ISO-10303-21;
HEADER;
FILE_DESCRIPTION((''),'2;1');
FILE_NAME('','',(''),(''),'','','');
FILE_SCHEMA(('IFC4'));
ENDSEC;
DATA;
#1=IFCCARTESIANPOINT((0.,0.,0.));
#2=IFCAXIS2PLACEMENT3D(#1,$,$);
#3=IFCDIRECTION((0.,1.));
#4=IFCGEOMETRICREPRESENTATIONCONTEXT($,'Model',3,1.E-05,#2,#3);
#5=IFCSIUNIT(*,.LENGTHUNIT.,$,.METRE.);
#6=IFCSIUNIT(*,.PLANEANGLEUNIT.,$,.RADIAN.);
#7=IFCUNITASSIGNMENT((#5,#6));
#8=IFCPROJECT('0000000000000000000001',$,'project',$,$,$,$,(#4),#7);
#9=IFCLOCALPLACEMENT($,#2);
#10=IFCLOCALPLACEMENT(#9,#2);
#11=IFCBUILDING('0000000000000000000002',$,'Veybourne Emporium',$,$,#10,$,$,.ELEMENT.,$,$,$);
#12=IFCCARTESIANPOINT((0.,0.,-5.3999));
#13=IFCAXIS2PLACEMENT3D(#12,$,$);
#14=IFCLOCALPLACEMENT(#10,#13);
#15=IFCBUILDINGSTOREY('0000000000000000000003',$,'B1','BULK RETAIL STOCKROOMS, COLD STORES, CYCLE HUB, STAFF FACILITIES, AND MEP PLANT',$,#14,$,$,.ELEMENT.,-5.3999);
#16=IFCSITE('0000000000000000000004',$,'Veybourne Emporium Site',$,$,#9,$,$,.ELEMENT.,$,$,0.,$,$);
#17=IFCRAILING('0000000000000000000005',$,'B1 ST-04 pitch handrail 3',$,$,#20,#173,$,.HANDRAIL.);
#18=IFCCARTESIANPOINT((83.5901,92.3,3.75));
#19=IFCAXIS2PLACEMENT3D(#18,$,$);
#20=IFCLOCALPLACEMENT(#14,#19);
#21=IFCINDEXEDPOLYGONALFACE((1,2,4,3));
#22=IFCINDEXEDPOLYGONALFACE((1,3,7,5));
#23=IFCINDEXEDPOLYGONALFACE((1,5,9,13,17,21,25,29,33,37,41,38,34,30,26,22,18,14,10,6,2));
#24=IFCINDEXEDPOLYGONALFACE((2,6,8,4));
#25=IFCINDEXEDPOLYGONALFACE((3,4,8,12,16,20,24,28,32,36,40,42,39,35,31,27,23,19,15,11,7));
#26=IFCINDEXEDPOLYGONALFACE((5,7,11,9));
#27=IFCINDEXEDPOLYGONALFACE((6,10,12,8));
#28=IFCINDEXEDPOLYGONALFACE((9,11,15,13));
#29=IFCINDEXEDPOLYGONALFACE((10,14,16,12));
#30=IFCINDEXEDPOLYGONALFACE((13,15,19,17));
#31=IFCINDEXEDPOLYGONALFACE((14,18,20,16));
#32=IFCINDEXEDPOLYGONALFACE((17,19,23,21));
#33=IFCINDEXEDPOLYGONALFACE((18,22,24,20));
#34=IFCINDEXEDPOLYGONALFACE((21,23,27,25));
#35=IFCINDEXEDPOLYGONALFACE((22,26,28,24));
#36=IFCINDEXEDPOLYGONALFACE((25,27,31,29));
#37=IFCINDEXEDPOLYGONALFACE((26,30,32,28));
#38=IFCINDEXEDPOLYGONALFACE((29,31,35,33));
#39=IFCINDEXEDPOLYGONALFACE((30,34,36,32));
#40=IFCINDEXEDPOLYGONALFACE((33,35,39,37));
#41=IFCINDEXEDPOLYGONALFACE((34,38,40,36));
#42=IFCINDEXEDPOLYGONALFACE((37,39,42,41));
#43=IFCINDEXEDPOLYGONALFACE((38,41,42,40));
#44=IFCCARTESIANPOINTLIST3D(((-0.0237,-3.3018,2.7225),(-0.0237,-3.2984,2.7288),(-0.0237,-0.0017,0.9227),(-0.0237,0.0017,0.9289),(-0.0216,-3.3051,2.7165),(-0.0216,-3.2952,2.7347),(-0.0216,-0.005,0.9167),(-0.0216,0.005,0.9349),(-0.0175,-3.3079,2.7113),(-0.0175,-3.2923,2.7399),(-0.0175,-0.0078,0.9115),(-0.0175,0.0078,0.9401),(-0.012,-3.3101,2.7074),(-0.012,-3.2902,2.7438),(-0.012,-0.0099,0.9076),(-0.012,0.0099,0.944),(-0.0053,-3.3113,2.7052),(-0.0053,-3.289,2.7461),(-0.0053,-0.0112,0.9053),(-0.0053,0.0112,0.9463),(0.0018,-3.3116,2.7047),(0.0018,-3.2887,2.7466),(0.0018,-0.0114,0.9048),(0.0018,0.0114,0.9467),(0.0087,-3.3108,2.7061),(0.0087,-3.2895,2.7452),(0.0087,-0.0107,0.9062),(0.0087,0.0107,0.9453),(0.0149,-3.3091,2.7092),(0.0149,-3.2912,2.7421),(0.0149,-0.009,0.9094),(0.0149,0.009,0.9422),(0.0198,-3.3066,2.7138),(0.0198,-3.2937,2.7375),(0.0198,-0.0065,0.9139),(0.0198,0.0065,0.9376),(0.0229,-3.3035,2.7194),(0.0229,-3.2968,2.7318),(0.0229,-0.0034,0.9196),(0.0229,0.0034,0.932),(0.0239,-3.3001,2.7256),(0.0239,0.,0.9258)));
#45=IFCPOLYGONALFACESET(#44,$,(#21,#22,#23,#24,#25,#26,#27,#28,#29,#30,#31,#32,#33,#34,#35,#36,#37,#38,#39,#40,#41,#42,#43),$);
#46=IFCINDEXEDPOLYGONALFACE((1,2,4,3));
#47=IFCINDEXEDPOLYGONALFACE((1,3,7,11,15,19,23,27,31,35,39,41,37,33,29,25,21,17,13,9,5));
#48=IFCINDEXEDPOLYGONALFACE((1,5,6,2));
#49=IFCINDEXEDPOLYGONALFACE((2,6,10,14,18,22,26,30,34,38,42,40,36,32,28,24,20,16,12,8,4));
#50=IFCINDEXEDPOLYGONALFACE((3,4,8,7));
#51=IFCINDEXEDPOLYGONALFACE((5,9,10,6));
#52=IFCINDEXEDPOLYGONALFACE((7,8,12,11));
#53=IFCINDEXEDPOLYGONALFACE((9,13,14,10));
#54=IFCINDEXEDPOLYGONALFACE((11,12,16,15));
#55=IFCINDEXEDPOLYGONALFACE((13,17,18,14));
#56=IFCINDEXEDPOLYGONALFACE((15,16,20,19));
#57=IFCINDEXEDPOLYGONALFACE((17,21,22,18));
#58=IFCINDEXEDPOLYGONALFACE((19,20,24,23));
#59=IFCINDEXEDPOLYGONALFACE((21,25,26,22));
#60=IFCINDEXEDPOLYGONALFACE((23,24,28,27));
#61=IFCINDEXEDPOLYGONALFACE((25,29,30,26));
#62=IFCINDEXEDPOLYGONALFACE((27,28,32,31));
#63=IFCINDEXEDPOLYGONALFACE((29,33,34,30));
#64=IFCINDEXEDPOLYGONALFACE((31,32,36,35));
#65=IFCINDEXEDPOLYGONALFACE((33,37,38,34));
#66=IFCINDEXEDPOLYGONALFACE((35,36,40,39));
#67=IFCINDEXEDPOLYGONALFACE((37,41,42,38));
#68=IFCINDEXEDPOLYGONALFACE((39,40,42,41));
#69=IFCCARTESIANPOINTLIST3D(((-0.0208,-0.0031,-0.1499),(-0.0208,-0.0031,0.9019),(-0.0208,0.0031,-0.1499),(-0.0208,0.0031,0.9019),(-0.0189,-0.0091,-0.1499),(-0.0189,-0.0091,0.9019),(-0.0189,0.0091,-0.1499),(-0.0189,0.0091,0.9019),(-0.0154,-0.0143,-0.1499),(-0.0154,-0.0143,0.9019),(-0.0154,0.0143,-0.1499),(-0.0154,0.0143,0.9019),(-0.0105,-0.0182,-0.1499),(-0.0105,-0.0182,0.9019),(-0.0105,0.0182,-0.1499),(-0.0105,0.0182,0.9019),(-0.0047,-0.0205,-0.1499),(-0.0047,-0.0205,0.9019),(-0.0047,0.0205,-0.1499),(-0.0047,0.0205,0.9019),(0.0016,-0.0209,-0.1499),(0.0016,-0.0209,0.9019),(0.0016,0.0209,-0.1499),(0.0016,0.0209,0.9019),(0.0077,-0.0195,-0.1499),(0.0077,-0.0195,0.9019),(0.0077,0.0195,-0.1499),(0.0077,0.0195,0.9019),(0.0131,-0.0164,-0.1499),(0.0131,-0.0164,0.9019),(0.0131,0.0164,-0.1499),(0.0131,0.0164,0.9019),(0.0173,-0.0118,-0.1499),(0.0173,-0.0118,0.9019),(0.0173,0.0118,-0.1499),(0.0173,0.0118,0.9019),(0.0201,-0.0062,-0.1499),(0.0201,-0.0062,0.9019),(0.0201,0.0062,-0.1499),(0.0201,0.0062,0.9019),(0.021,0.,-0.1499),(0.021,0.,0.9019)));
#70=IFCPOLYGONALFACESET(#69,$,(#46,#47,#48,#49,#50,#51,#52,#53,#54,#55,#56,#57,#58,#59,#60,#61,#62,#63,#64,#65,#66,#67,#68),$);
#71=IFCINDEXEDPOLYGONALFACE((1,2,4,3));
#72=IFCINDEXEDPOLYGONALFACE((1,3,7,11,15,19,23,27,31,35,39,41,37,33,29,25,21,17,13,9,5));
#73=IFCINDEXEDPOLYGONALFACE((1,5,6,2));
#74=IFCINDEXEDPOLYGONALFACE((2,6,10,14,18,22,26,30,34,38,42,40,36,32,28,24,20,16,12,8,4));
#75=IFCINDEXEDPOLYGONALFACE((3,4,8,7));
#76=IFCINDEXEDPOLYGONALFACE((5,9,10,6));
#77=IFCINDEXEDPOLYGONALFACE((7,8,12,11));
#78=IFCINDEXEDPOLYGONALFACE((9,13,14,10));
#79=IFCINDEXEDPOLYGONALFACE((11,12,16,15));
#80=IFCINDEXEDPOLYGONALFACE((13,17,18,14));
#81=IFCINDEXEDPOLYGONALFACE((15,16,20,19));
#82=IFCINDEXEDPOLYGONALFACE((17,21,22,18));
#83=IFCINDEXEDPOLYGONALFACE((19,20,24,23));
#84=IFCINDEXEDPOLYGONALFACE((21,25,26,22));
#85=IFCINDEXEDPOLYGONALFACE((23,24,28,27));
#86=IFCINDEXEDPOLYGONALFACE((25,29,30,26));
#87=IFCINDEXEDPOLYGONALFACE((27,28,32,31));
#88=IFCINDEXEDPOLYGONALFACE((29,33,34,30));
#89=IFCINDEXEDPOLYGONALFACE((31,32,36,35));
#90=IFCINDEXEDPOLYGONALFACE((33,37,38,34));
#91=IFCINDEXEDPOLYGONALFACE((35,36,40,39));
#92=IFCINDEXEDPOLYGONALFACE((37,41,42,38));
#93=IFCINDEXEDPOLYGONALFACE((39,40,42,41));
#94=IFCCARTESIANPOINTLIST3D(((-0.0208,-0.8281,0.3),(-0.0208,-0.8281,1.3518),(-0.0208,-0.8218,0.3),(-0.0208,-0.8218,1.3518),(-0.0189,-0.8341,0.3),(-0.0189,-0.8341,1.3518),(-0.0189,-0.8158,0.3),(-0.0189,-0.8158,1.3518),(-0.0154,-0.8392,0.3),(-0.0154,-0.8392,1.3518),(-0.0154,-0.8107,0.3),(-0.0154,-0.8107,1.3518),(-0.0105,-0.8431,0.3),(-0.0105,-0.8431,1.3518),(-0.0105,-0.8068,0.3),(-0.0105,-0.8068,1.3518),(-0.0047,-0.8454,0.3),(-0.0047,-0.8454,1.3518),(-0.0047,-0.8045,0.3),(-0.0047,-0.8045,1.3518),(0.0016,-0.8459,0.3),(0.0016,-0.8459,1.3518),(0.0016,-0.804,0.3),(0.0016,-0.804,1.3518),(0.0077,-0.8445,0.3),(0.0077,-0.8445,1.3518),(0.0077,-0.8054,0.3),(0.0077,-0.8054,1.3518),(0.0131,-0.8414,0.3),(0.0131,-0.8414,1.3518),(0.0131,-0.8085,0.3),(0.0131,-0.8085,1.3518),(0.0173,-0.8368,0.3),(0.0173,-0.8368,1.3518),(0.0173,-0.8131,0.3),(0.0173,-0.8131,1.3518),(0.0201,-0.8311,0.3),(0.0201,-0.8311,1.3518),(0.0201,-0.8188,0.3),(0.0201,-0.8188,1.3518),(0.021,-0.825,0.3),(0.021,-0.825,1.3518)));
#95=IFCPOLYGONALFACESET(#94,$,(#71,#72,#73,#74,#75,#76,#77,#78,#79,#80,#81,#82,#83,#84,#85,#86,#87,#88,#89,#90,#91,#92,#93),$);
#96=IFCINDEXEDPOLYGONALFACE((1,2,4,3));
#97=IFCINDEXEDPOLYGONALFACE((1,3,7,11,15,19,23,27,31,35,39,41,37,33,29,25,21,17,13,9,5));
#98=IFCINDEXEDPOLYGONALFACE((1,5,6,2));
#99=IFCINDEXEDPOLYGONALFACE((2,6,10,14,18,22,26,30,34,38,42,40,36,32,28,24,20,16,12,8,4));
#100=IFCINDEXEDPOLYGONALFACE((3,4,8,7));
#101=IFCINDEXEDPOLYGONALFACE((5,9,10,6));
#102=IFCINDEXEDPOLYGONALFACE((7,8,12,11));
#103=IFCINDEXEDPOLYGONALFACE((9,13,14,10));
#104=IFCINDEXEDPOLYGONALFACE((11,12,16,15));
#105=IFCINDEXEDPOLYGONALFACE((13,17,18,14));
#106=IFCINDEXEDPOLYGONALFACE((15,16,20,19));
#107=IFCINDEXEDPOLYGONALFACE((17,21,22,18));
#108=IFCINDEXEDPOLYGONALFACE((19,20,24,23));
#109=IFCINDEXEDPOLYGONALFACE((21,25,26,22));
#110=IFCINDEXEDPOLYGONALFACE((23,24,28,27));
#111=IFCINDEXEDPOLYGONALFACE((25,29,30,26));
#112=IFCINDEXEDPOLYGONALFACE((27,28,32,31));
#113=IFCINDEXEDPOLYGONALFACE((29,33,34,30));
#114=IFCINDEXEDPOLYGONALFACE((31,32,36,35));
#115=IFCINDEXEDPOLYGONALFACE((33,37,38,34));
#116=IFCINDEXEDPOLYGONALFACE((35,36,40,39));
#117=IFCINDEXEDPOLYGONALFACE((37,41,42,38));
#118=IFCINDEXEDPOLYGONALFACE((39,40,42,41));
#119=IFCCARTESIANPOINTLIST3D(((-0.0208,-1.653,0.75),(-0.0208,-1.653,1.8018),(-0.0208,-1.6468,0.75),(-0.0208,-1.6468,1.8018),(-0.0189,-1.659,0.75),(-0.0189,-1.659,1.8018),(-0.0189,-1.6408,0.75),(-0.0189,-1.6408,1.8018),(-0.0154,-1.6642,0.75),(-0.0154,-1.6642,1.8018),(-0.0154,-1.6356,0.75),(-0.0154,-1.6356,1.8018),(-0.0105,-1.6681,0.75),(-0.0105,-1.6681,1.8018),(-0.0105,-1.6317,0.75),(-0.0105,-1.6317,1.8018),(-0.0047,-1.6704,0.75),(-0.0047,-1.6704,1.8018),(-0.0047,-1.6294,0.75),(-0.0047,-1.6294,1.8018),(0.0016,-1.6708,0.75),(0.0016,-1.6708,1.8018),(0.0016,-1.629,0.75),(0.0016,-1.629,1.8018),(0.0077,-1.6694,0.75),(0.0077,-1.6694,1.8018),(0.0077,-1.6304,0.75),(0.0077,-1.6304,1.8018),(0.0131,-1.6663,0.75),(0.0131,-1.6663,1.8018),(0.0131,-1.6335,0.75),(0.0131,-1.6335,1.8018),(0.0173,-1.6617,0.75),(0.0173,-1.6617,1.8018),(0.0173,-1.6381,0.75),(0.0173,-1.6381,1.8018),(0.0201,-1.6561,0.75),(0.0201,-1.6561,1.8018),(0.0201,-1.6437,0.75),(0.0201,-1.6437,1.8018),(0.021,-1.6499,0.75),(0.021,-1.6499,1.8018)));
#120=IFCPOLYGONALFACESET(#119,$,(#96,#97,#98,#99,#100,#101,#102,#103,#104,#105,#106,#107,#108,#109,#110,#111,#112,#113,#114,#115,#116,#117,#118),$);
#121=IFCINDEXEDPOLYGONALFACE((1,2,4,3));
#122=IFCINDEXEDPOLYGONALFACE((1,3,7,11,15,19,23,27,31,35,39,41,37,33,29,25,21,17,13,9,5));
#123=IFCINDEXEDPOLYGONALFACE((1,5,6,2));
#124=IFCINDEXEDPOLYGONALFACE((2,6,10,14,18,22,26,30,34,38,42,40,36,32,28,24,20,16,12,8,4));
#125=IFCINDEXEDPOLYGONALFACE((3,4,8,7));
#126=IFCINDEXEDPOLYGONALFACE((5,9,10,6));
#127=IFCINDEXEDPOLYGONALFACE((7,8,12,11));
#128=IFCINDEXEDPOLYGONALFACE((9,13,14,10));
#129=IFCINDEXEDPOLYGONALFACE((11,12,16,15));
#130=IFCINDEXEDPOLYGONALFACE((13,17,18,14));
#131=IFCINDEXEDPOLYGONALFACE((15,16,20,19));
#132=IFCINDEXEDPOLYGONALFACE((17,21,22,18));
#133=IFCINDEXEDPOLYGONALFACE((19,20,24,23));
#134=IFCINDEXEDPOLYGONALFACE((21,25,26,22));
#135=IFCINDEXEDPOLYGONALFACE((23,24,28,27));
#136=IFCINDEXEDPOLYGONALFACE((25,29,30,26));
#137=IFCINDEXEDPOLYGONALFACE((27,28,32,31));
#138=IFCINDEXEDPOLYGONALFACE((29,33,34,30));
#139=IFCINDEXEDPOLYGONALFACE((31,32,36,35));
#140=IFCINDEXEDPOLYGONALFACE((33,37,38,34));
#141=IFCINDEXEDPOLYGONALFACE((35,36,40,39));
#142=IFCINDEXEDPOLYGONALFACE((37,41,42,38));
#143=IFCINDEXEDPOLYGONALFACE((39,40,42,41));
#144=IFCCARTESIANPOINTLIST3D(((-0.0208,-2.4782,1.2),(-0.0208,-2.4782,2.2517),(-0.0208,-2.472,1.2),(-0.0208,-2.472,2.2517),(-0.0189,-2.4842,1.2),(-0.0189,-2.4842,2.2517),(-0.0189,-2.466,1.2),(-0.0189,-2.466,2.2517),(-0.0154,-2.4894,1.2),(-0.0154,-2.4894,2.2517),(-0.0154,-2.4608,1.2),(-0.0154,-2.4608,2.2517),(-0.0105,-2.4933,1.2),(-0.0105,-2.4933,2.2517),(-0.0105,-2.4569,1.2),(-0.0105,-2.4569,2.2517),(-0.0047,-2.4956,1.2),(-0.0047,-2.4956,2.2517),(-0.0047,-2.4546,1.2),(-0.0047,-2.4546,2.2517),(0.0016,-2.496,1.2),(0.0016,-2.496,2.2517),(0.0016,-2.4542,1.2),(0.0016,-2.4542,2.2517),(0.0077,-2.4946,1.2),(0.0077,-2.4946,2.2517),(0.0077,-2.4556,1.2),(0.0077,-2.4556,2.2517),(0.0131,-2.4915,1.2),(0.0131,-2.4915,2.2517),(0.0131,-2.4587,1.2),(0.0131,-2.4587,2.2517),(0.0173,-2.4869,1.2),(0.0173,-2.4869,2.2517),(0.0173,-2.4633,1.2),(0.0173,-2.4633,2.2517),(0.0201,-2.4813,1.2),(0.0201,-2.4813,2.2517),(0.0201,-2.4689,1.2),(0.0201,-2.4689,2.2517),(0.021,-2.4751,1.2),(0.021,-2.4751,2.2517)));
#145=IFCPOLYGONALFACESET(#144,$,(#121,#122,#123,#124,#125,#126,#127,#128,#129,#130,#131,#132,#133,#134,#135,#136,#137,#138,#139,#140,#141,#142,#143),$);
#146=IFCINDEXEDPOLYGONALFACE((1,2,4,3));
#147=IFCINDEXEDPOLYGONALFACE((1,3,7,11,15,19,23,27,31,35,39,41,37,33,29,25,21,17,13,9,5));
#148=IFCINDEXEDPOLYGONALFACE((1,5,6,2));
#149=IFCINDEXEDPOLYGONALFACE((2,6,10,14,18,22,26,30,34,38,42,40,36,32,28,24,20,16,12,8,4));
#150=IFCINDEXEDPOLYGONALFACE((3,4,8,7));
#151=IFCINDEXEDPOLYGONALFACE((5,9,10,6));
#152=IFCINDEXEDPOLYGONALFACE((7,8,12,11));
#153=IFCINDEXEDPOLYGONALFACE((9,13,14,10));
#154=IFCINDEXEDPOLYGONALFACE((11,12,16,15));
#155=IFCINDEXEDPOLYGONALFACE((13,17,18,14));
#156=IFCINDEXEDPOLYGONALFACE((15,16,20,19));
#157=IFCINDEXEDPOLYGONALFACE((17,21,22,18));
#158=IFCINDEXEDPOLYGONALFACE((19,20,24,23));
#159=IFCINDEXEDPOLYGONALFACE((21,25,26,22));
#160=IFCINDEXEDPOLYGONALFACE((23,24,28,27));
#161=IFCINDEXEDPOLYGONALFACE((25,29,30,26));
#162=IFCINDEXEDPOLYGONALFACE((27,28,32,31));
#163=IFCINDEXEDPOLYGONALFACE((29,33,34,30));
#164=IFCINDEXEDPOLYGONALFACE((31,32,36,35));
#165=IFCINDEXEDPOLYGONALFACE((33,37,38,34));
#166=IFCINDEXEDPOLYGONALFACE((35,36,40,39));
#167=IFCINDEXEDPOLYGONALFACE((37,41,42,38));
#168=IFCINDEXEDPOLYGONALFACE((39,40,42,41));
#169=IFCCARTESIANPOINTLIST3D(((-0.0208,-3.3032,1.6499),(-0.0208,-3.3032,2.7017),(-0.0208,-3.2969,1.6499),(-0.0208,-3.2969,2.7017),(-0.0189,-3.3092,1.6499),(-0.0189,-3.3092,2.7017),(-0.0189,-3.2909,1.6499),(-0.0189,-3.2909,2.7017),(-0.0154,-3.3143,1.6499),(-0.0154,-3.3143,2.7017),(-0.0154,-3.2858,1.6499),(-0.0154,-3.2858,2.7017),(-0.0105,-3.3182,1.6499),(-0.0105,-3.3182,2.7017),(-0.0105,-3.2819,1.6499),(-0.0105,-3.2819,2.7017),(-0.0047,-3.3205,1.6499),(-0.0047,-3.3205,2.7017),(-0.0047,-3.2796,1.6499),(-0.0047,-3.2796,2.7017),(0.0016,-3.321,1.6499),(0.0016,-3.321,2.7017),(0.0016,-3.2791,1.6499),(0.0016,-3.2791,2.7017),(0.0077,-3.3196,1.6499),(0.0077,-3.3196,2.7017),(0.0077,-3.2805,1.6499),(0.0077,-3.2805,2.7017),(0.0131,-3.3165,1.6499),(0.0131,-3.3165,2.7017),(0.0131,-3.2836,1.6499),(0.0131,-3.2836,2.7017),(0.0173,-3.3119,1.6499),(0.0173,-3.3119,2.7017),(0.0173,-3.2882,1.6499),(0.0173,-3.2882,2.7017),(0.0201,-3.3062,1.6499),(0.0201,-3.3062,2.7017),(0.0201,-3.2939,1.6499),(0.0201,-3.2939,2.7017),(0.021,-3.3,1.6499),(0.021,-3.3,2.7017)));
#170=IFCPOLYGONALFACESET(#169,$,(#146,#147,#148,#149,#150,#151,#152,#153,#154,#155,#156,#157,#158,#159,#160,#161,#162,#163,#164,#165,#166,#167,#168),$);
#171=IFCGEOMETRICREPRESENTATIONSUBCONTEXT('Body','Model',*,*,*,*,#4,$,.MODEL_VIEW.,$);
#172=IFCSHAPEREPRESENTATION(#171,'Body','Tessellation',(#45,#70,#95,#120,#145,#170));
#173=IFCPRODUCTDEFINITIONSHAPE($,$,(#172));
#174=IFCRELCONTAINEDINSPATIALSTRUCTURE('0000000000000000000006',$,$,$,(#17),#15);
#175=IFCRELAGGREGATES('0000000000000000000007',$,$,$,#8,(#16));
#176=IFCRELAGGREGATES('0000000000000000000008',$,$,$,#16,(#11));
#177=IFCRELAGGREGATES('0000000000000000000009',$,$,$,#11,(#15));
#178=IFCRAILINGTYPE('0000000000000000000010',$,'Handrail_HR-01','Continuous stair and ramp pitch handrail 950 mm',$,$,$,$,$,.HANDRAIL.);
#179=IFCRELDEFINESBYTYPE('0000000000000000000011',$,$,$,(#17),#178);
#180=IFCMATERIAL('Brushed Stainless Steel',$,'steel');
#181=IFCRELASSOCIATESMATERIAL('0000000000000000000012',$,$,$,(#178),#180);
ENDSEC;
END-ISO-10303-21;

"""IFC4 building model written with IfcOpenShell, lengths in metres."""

from ifc_helpers import new_model, si_unit, direction, frame, origin, origin_2d, place, context, subcontext, project, spatial, circle, extrude, material, type_object, element, save


model = new_model("IFC4")

# Units and contexts
model_context = context("Model", 3, precision=1e-05, world=origin(), true_north=direction((0.0, 1.0)))
body_context = subcontext(model_context, "Body", "Model", "MODEL_VIEW")
ifc_project = project(units=[si_unit("LENGTHUNIT", "METRE"), si_unit("PLANEANGLEUNIT", "RADIAN")], contexts=[model_context])

# Site, building, storey
site_placement = place(None, origin())
site = spatial("IfcSite", under=ifc_project, at=site_placement, Name="Veybourne Emporium Site", CompositionType="ELEMENT", RefElevation=0.0)
building_placement = place(site_placement, origin())
building = spatial("IfcBuilding", under=site, at=building_placement, Name="Veybourne Emporium", CompositionType="ELEMENT")
storey_placement = place(building_placement, frame((0.0, 0.0, -5.3999)))
storey = spatial("IfcBuildingStorey", under=building, at=storey_placement, Name="B1", Description="BULK RETAIL STOCKROOMS, COLD STORES, CYCLE HUB, STAFF FACILITIES, AND MEP PLANT", CompositionType="ELEMENT", Elevation=-5.3999)

# Railing
ifc_material_1 = material(Name="Brushed Stainless Steel", Category="steel")
railing_type_1 = type_object("IfcRailingType", Name="Handrail_HR-01", Description="Continuous stair and ramp pitch handrail 950 mm", PredefinedType="HANDRAIL", material=ifc_material_1)
railing_1_placement = place(storey_placement, frame((83.5901, 92.3, 3.75)))
element("IfcRailing", 1, at=railing_1_placement, inside=storey, type_object=railing_type_1, Name="B1 ST-04 pitch handrail 3", PredefinedType="HANDRAIL", context=body_context, shape_type="SweptSolid", body=[
    extrude(circle(Radius=0.0239, at=origin_2d()), frame((0.0, 0.0, 0.9258), z_axis=(0.0, -0.87792, 0.478807), x_axis=(1.0, 0.0, 0.0)), (0.0, 0.0, 1.0), 3.759),
    extrude(circle(Radius=0.021, at=origin_2d()), frame((0.0, 0.0, -0.1499)), (0.0, 0.0, 1.0), 1.0518),
    extrude(circle(Radius=0.021, at=origin_2d()), frame((0.0, -0.825, 0.3)), (0.0, 0.0, 1.0), 1.0518),
    extrude(circle(Radius=0.021, at=origin_2d()), frame((0.0, -1.6499, 0.75)), (0.0, 0.0, 1.0), 1.0518),
    extrude(circle(Radius=0.021, at=origin_2d()), frame((0.0, -2.4751, 1.2)), (0.0, 0.0, 1.0), 1.0518),
    extrude(circle(Radius=0.021, at=origin_2d()), frame((0.0, -3.3, 1.6499)), (0.0, 0.0, 1.0), 1.0518),
])

save(model, "model.ifc")
